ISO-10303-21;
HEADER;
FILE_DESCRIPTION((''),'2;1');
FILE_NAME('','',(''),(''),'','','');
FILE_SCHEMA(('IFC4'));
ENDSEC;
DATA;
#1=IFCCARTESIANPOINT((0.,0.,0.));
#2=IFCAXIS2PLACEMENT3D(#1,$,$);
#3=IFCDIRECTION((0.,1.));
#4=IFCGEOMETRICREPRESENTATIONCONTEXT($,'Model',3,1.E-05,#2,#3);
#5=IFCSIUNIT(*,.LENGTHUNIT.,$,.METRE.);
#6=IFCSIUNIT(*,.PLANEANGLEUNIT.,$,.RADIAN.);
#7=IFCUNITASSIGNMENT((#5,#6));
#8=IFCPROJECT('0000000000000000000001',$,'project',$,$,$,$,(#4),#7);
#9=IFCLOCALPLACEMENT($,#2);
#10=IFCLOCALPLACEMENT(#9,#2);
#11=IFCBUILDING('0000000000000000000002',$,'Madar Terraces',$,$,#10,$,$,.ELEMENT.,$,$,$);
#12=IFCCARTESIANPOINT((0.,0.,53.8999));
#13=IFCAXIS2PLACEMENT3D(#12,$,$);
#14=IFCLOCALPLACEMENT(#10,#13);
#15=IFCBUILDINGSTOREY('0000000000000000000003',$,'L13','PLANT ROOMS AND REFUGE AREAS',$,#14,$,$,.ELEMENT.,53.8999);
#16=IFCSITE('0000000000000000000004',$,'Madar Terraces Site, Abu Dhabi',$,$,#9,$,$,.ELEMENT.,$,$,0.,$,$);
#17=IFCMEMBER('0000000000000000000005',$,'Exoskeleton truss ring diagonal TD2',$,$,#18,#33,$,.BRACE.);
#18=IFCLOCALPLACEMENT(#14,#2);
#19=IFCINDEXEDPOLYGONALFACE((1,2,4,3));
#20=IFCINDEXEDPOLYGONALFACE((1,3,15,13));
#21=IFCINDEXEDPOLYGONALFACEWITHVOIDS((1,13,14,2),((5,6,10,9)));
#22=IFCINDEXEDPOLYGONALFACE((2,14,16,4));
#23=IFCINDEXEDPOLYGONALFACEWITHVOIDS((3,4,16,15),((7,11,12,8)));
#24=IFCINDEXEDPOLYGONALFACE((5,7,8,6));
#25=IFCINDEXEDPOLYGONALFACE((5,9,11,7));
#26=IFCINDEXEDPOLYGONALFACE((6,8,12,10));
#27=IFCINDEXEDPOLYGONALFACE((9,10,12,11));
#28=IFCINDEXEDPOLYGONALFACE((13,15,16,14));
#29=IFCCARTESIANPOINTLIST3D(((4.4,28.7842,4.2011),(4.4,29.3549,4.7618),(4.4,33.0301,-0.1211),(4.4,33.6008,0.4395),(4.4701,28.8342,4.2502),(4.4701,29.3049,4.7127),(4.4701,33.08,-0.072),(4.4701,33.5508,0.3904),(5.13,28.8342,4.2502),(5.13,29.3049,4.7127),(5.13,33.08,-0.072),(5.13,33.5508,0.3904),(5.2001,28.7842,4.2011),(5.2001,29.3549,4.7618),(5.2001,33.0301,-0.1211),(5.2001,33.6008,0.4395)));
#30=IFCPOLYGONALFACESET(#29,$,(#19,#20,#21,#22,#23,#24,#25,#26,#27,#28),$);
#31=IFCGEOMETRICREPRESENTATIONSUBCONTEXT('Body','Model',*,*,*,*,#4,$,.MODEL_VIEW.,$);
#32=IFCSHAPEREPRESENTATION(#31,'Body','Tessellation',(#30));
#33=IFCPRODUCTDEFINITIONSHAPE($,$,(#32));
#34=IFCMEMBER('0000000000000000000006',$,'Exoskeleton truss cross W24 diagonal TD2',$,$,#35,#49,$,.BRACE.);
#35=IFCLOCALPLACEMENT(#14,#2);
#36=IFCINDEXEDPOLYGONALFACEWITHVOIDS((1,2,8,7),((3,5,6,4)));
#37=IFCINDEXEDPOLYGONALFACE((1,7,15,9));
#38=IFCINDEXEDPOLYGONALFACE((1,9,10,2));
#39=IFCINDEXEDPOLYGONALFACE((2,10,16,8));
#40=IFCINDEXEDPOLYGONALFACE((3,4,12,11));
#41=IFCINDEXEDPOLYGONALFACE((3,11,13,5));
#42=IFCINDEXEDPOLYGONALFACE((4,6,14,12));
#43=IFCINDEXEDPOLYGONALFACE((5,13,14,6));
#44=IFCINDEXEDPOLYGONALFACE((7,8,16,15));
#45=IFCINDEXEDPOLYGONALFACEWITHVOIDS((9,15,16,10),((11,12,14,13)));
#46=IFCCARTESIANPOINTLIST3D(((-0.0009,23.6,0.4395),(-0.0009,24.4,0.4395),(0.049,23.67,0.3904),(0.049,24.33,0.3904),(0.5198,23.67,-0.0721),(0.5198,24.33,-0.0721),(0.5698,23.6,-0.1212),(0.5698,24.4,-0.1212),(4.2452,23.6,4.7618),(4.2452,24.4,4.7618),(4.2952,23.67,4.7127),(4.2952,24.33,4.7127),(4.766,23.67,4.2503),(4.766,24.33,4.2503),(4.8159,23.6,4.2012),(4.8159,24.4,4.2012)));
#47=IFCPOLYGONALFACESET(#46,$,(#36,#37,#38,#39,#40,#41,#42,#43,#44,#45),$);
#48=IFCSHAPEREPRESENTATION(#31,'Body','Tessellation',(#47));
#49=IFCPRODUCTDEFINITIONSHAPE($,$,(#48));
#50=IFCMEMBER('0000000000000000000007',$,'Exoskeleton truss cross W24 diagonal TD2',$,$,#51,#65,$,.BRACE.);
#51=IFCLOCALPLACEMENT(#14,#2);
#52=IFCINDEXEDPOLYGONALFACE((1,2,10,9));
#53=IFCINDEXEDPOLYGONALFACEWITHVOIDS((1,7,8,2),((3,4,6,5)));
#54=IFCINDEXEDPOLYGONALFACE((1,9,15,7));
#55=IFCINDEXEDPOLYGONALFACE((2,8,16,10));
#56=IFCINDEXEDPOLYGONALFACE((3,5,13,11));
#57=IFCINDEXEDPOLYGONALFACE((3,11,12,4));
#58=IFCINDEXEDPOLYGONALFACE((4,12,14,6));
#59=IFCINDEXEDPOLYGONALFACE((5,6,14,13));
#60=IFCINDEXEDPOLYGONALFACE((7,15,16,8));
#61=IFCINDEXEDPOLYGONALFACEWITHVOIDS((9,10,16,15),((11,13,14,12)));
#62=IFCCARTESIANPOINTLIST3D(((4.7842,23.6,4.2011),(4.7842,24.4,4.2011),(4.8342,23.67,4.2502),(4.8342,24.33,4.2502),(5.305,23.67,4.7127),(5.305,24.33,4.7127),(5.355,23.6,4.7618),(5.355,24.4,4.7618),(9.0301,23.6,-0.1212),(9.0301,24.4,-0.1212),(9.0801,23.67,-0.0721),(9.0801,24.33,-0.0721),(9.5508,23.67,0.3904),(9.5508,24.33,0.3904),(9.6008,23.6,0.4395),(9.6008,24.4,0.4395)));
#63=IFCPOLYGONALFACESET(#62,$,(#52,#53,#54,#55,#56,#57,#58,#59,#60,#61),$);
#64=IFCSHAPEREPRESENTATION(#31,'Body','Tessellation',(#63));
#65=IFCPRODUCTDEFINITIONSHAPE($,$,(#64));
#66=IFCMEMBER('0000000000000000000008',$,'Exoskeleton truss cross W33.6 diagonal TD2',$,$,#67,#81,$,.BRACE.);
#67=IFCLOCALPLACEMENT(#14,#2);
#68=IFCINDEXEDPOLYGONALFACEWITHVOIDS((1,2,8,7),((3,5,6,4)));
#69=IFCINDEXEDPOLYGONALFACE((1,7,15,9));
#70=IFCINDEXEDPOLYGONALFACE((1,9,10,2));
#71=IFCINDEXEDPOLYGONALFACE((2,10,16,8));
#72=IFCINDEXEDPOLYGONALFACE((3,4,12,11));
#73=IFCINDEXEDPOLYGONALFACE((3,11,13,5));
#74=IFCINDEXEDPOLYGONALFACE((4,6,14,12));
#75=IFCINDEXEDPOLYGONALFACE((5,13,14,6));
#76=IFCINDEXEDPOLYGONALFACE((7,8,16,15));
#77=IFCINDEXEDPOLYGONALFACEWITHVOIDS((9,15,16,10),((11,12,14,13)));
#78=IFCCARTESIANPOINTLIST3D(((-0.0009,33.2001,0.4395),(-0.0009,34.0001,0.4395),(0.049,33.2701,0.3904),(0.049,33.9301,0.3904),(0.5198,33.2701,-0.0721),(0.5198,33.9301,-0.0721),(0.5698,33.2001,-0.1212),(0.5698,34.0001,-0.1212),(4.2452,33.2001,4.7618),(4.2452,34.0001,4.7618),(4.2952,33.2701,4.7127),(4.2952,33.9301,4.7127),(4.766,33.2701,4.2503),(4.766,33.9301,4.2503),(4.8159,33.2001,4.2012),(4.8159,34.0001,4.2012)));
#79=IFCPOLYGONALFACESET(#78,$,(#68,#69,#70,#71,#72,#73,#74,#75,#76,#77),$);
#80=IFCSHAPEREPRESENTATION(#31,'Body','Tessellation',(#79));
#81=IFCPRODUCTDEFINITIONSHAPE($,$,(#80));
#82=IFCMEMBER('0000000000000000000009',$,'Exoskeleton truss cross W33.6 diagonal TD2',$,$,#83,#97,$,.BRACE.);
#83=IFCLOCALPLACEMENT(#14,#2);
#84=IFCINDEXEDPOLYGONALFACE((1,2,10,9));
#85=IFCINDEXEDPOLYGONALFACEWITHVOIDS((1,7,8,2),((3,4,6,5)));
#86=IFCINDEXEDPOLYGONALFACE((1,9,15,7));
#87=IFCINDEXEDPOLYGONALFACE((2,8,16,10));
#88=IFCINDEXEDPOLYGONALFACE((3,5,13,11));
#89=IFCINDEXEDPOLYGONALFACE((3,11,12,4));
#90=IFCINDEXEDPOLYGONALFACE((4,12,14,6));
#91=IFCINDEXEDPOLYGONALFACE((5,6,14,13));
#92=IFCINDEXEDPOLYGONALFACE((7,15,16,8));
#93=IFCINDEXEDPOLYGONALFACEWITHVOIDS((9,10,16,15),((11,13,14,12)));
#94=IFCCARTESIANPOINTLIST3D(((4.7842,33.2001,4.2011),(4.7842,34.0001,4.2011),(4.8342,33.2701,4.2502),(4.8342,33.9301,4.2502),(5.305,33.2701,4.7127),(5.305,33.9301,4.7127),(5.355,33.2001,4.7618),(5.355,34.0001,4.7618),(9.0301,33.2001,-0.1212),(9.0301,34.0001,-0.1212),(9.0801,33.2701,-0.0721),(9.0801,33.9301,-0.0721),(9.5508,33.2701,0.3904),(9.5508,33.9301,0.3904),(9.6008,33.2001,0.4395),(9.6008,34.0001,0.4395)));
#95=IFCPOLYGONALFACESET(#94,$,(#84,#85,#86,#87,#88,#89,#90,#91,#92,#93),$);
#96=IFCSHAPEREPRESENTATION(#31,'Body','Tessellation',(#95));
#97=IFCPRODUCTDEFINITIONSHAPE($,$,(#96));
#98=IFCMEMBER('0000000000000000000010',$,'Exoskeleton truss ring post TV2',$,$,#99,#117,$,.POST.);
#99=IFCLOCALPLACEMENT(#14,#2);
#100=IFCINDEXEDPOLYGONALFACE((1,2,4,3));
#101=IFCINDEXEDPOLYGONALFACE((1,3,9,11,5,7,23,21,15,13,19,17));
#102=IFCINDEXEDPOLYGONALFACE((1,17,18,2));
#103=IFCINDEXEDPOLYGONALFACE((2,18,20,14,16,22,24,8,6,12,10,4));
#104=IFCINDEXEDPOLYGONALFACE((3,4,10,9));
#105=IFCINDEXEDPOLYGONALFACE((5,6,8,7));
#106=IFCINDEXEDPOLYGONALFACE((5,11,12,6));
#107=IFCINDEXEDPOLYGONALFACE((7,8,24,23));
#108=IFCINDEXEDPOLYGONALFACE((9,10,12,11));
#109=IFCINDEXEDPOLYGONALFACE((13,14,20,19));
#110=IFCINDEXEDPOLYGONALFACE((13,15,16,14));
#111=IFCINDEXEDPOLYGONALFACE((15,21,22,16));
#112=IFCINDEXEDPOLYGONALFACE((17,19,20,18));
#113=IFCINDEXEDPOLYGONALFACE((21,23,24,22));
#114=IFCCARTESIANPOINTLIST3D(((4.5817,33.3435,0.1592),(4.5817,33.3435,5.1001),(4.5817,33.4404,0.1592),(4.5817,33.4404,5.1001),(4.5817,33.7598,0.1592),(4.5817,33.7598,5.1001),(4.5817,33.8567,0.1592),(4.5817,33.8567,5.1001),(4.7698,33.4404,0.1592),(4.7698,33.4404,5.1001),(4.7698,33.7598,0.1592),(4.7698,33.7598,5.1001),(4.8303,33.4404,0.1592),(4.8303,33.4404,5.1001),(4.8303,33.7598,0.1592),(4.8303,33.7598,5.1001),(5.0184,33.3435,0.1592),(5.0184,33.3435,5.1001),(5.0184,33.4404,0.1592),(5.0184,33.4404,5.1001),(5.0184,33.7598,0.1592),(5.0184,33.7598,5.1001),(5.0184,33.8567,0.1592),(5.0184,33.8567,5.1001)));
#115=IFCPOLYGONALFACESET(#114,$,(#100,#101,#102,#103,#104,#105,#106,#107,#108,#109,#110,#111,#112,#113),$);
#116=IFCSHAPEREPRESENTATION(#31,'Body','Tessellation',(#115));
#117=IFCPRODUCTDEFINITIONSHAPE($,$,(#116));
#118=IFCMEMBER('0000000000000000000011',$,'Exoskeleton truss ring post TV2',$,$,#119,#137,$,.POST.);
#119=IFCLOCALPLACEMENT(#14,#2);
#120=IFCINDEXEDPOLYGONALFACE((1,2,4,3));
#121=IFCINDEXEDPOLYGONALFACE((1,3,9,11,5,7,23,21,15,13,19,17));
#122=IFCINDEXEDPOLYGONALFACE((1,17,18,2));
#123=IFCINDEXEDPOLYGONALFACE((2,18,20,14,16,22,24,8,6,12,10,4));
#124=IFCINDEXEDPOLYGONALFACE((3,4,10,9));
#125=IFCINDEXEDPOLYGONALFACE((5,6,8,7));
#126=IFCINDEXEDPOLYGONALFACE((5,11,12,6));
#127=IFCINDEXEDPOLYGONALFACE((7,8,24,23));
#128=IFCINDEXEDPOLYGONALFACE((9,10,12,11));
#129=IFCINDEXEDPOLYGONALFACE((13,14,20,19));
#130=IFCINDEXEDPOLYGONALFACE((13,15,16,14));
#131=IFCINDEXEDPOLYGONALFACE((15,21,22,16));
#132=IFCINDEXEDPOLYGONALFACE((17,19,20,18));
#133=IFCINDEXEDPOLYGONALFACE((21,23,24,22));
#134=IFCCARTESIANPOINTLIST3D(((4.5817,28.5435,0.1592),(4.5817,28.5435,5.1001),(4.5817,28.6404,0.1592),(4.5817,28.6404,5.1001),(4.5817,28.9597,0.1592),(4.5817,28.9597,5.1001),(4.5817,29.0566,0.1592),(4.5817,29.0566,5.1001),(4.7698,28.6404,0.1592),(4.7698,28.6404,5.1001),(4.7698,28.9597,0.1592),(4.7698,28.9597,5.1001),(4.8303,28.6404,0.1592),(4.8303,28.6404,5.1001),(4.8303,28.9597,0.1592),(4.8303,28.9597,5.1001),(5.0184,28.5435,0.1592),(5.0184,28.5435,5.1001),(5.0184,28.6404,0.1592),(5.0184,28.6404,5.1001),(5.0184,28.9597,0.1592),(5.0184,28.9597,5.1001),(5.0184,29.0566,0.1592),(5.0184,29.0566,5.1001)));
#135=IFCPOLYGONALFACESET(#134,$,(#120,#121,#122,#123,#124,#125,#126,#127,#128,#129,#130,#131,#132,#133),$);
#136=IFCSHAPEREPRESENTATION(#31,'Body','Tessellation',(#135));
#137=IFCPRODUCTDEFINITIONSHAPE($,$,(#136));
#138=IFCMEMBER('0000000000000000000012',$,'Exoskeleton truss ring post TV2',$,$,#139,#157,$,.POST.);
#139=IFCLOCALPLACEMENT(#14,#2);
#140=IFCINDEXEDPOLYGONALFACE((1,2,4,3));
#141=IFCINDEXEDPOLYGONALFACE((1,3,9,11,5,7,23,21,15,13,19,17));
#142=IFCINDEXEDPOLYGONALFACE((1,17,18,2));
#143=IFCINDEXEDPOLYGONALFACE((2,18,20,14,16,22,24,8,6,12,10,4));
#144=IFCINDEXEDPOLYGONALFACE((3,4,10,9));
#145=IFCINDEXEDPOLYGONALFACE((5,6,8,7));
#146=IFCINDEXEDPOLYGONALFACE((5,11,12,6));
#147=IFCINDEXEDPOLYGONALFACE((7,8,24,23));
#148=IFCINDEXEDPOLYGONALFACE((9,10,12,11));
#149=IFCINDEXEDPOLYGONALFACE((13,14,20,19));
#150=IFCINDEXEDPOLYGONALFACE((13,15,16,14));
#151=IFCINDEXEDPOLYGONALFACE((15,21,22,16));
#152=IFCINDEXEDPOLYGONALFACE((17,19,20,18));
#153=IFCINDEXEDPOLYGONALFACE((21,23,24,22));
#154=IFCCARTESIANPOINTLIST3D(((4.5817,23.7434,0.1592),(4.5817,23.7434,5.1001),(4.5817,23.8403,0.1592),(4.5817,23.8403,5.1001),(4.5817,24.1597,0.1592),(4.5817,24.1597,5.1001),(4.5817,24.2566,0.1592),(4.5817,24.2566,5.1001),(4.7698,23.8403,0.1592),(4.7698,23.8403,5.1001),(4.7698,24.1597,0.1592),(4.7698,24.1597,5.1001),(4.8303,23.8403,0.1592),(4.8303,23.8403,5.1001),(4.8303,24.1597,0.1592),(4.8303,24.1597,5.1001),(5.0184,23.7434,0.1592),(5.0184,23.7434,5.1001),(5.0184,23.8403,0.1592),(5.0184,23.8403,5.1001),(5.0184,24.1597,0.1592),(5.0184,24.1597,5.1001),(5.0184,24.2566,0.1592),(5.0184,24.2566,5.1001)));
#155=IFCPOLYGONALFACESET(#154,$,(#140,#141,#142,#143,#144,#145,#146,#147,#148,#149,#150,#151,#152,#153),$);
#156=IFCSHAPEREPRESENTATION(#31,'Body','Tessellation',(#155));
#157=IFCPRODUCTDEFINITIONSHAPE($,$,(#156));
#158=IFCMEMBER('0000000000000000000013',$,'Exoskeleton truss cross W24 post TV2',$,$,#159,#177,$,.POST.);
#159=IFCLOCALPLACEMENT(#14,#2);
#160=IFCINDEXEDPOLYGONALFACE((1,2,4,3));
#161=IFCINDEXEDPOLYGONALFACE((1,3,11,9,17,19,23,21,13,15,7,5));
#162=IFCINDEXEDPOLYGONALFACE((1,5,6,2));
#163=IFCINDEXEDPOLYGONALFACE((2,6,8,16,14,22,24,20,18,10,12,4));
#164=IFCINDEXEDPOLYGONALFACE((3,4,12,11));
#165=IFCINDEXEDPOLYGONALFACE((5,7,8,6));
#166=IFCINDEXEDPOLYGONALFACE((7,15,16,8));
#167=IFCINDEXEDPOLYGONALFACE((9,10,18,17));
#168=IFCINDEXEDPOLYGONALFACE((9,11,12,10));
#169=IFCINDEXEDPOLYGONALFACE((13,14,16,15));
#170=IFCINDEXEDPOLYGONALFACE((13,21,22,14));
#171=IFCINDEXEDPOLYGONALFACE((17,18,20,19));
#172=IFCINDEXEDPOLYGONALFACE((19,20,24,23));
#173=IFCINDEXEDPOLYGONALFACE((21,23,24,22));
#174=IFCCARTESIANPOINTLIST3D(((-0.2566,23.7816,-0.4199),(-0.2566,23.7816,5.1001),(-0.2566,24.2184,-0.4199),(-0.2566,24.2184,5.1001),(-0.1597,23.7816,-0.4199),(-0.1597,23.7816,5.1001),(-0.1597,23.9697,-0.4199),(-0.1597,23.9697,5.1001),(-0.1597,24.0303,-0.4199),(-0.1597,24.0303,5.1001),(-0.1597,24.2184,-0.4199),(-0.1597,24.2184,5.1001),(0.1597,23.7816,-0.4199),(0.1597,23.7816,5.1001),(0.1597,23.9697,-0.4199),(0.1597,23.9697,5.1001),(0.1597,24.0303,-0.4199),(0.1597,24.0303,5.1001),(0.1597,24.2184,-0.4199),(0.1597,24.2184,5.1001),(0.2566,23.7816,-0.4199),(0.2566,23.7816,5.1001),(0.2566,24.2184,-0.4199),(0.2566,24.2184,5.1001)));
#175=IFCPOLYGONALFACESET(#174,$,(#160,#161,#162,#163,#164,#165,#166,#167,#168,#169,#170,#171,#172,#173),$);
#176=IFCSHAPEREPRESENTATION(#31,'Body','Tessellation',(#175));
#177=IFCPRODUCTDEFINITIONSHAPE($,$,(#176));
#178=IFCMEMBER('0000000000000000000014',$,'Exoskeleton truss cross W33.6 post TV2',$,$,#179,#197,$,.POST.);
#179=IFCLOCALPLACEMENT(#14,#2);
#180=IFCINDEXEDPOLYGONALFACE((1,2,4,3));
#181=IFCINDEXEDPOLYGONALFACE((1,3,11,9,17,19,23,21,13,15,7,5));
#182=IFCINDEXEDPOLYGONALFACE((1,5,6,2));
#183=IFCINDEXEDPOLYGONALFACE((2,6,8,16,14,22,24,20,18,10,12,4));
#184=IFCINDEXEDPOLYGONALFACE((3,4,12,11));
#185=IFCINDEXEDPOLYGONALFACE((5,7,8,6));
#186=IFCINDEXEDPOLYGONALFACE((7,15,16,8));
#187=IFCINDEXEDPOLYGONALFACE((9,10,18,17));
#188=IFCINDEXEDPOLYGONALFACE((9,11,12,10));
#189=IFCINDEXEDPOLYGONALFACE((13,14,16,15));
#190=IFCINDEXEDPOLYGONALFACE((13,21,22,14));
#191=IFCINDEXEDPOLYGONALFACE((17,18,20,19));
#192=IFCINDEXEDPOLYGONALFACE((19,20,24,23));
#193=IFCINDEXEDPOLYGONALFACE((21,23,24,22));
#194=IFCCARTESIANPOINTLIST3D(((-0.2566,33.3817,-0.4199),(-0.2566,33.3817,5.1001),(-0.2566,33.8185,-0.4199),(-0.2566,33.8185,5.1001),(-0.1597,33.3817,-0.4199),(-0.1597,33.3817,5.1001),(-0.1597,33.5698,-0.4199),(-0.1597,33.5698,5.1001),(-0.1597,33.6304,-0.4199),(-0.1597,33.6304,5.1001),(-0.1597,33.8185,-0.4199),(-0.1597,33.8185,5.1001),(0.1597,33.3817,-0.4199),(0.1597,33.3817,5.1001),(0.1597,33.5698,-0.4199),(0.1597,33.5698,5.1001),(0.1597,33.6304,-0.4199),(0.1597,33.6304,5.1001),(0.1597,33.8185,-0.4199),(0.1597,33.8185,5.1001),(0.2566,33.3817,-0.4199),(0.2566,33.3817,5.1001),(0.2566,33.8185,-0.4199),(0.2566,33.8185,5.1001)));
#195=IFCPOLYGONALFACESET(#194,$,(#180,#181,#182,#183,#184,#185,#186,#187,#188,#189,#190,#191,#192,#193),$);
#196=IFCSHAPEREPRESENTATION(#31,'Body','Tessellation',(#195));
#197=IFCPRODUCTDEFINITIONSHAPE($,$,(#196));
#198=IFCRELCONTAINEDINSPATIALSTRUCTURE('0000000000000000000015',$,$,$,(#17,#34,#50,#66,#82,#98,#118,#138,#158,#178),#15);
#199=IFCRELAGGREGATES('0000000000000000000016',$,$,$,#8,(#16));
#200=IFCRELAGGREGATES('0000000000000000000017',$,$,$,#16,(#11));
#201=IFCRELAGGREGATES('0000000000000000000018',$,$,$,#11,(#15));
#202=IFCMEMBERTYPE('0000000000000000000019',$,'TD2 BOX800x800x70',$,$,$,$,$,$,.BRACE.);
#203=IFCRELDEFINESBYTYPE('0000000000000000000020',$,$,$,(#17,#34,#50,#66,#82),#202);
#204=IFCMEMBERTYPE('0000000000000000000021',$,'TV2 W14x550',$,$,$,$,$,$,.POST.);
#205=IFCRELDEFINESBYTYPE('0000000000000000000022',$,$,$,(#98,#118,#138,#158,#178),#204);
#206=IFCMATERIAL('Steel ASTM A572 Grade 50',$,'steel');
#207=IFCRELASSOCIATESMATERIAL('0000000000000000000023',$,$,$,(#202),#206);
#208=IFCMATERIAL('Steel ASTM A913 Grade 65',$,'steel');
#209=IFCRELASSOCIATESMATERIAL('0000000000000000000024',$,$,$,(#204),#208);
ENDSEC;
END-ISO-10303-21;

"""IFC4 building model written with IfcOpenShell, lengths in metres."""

from ifc_helpers import new_model, si_unit, direction, frame, origin, origin_2d, place, context, subcontext, project, spatial, hollow_rectangle, i_section, extrude, material, material_profile, profile_set, type_object, element, save


model = new_model("IFC4")

# Units and contexts
model_context = context("Model", 3, precision=1e-05, world=origin(), true_north=direction((0.0, 1.0)))
body_context = subcontext(model_context, "Body", "Model", "MODEL_VIEW")
ifc_project = project(units=[si_unit("LENGTHUNIT", "METRE"), si_unit("PLANEANGLEUNIT", "RADIAN")], contexts=[model_context])

# Site, building, storey
site_placement = place(None, origin())
site = spatial("IfcSite", under=ifc_project, at=site_placement, Name="Madar Terraces Site, Abu Dhabi", CompositionType="ELEMENT", RefElevation=0.0)
building_placement = place(site_placement, origin())
building = spatial("IfcBuilding", under=site, at=building_placement, Name="Madar Terraces", CompositionType="ELEMENT")
storey_placement = place(building_placement, frame((0.0, 0.0, 53.8999)))
storey = spatial("IfcBuildingStorey", under=building, at=storey_placement, Name="L13", Description="PLANT ROOMS AND REFUGE AREAS", CompositionType="ELEMENT", Elevation=53.8999)

# Members
ifc_material_1 = material(Name="Steel ASTM A572 Grade 50", Category="steel")
ifc_material_profile_1 = material_profile(ifc_material_1, hollow_rectangle(XDim=0.8, YDim=0.8, WallThickness=0.0701, at=origin_2d()), Name="BOX800x800x70")
ifc_profile_set_1 = profile_set([ifc_material_profile_1], Name="Steel ASTM A572 Grade 50")
member_type_1 = type_object("IfcMemberType", Name="TD2 BOX800x800x70", PredefinedType="BRACE", material=ifc_profile_set_1)
member_1_placement = place(storey_placement, frame((4.8, 33.3154, 0.1592), z_axis=(0.0, -0.700772, 0.713385), x_axis=(1.0, 0.0, 0.0)))
element("IfcMember", 1, at=member_1_placement, inside=storey, type_object=member_type_1, Name="Exoskeleton truss ring diagonal TD2", PredefinedType="BRACE", context=body_context, shape_type="SweptSolid", body=[
    extrude(hollow_rectangle(XDim=0.8, YDim=0.8, WallThickness=0.0701, at=origin_2d()), origin(), (0.0, 0.0, 1.0), 6.0588),
])
member_2_placement = place(storey_placement, frame((0.2844, 24.0, 0.1592), z_axis=(0.700793, 0.0, 0.713365), x_axis=(0.0, 1.0, 0.0)))
element("IfcMember", 2, at=member_2_placement, inside=storey, type_object=member_type_1, Name="Exoskeleton truss cross W24 diagonal TD2", PredefinedType="BRACE", context=body_context, shape_type="SweptSolid", body=[
    extrude(hollow_rectangle(XDim=0.8, YDim=0.8, WallThickness=0.0701, at=origin_2d()), origin(), (0.0, 0.0, 1.0), 6.0591),
])
member_3_placement = place(storey_placement, frame((5.0696, 24.0, 4.4814), z_axis=(0.700772, 0.0, -0.713385), x_axis=(0.0, 1.0, 0.0)))
element("IfcMember", 3, at=member_3_placement, inside=storey, type_object=member_type_1, Name="Exoskeleton truss cross W24 diagonal TD2", PredefinedType="BRACE", context=body_context, shape_type="SweptSolid", body=[
    extrude(hollow_rectangle(XDim=0.8, YDim=0.8, WallThickness=0.0701, at=origin_2d()), origin(), (0.0, 0.0, 1.0), 6.0588),
])
member_4_placement = place(storey_placement, frame((0.2844, 33.6001, 0.1592), z_axis=(0.700793, 0.0, 0.713365), x_axis=(0.0, 1.0, 0.0)))
element("IfcMember", 4, at=member_4_placement, inside=storey, type_object=member_type_1, Name="Exoskeleton truss cross W33.6 diagonal TD2", PredefinedType="BRACE", context=body_context, shape_type="SweptSolid", body=[
    extrude(hollow_rectangle(XDim=0.8, YDim=0.8, WallThickness=0.0701, at=origin_2d()), origin(), (0.0, 0.0, 1.0), 6.0591),
])
member_5_placement = place(storey_placement, frame((5.0696, 33.6001, 4.4814), z_axis=(0.700772, 0.0, -0.713385), x_axis=(0.0, 1.0, 0.0)))
element("IfcMember", 5, at=member_5_placement, inside=storey, type_object=member_type_1, Name="Exoskeleton truss cross W33.6 diagonal TD2", PredefinedType="BRACE", context=body_context, shape_type="SweptSolid", body=[
    extrude(hollow_rectangle(XDim=0.8, YDim=0.8, WallThickness=0.0701, at=origin_2d()), origin(), (0.0, 0.0, 1.0), 6.0588),
])
ifc_material_2 = material(Name="Steel ASTM A913 Grade 65", Category="steel")
ifc_material_profile_2 = material_profile(ifc_material_2, i_section(OverallWidth=0.4368, OverallDepth=0.5132, WebThickness=0.0605, FlangeThickness=0.0969, at=origin_2d()), Name="W14x550")
ifc_profile_set_2 = profile_set([ifc_material_profile_2], Name="Steel ASTM A913 Grade 65")
member_type_2 = type_object("IfcMemberType", Name="TV2 W14x550", PredefinedType="POST", material=ifc_profile_set_2)
for number, where, z_axis, x_axis, name in (
    (6, (4.8, 33.6001, 0.1592), (0.0, 0.0, 1.0), (1.0, 0.0, 0.0), "Exoskeleton truss ring post TV2"),
    (7, (4.8, 28.8, 0.1592), (0.0, 0.0, 1.0), (1.0, 0.0, 0.0), "Exoskeleton truss ring post TV2"),
    (8, (4.8, 24.0, 0.1592), (0.0, 0.0, 1.0), (1.0, 0.0, 0.0), "Exoskeleton truss ring post TV2"),
):
    element("IfcMember", number, at=place(storey_placement, frame(where, z_axis=z_axis, x_axis=x_axis)), inside=storey, type_object=member_type_2, Name=name, PredefinedType="POST", context=body_context, shape_type="SweptSolid", body=[
        extrude(i_section(OverallWidth=0.4368, OverallDepth=0.5132, WebThickness=0.0605, FlangeThickness=0.0969, at=origin_2d()), origin(), (0.0, 0.0, 1.0), 4.9409),
    ])
for number, where, z_axis, x_axis, name in (
    (9, (0.0, 24.0, -0.4199), (0.0, 0.0, 1.0), (0.0, 1.0, 0.0), "Exoskeleton truss cross W24 post TV2"),
    (10, (0.0, 33.6001, -0.4199), (0.0, 0.0, 1.0), (0.0, 1.0, 0.0), "Exoskeleton truss cross W33.6 post TV2"),
):
    element("IfcMember", number, at=place(storey_placement, frame(where, z_axis=z_axis, x_axis=x_axis)), inside=storey, type_object=member_type_2, Name=name, PredefinedType="POST", context=body_context, shape_type="SweptSolid", body=[
        extrude(i_section(OverallWidth=0.4368, OverallDepth=0.5132, WebThickness=0.0605, FlangeThickness=0.0969, at=origin_2d()), origin(), (0.0, 0.0, 1.0), 5.52),
    ])

save(model, "model.ifc")
